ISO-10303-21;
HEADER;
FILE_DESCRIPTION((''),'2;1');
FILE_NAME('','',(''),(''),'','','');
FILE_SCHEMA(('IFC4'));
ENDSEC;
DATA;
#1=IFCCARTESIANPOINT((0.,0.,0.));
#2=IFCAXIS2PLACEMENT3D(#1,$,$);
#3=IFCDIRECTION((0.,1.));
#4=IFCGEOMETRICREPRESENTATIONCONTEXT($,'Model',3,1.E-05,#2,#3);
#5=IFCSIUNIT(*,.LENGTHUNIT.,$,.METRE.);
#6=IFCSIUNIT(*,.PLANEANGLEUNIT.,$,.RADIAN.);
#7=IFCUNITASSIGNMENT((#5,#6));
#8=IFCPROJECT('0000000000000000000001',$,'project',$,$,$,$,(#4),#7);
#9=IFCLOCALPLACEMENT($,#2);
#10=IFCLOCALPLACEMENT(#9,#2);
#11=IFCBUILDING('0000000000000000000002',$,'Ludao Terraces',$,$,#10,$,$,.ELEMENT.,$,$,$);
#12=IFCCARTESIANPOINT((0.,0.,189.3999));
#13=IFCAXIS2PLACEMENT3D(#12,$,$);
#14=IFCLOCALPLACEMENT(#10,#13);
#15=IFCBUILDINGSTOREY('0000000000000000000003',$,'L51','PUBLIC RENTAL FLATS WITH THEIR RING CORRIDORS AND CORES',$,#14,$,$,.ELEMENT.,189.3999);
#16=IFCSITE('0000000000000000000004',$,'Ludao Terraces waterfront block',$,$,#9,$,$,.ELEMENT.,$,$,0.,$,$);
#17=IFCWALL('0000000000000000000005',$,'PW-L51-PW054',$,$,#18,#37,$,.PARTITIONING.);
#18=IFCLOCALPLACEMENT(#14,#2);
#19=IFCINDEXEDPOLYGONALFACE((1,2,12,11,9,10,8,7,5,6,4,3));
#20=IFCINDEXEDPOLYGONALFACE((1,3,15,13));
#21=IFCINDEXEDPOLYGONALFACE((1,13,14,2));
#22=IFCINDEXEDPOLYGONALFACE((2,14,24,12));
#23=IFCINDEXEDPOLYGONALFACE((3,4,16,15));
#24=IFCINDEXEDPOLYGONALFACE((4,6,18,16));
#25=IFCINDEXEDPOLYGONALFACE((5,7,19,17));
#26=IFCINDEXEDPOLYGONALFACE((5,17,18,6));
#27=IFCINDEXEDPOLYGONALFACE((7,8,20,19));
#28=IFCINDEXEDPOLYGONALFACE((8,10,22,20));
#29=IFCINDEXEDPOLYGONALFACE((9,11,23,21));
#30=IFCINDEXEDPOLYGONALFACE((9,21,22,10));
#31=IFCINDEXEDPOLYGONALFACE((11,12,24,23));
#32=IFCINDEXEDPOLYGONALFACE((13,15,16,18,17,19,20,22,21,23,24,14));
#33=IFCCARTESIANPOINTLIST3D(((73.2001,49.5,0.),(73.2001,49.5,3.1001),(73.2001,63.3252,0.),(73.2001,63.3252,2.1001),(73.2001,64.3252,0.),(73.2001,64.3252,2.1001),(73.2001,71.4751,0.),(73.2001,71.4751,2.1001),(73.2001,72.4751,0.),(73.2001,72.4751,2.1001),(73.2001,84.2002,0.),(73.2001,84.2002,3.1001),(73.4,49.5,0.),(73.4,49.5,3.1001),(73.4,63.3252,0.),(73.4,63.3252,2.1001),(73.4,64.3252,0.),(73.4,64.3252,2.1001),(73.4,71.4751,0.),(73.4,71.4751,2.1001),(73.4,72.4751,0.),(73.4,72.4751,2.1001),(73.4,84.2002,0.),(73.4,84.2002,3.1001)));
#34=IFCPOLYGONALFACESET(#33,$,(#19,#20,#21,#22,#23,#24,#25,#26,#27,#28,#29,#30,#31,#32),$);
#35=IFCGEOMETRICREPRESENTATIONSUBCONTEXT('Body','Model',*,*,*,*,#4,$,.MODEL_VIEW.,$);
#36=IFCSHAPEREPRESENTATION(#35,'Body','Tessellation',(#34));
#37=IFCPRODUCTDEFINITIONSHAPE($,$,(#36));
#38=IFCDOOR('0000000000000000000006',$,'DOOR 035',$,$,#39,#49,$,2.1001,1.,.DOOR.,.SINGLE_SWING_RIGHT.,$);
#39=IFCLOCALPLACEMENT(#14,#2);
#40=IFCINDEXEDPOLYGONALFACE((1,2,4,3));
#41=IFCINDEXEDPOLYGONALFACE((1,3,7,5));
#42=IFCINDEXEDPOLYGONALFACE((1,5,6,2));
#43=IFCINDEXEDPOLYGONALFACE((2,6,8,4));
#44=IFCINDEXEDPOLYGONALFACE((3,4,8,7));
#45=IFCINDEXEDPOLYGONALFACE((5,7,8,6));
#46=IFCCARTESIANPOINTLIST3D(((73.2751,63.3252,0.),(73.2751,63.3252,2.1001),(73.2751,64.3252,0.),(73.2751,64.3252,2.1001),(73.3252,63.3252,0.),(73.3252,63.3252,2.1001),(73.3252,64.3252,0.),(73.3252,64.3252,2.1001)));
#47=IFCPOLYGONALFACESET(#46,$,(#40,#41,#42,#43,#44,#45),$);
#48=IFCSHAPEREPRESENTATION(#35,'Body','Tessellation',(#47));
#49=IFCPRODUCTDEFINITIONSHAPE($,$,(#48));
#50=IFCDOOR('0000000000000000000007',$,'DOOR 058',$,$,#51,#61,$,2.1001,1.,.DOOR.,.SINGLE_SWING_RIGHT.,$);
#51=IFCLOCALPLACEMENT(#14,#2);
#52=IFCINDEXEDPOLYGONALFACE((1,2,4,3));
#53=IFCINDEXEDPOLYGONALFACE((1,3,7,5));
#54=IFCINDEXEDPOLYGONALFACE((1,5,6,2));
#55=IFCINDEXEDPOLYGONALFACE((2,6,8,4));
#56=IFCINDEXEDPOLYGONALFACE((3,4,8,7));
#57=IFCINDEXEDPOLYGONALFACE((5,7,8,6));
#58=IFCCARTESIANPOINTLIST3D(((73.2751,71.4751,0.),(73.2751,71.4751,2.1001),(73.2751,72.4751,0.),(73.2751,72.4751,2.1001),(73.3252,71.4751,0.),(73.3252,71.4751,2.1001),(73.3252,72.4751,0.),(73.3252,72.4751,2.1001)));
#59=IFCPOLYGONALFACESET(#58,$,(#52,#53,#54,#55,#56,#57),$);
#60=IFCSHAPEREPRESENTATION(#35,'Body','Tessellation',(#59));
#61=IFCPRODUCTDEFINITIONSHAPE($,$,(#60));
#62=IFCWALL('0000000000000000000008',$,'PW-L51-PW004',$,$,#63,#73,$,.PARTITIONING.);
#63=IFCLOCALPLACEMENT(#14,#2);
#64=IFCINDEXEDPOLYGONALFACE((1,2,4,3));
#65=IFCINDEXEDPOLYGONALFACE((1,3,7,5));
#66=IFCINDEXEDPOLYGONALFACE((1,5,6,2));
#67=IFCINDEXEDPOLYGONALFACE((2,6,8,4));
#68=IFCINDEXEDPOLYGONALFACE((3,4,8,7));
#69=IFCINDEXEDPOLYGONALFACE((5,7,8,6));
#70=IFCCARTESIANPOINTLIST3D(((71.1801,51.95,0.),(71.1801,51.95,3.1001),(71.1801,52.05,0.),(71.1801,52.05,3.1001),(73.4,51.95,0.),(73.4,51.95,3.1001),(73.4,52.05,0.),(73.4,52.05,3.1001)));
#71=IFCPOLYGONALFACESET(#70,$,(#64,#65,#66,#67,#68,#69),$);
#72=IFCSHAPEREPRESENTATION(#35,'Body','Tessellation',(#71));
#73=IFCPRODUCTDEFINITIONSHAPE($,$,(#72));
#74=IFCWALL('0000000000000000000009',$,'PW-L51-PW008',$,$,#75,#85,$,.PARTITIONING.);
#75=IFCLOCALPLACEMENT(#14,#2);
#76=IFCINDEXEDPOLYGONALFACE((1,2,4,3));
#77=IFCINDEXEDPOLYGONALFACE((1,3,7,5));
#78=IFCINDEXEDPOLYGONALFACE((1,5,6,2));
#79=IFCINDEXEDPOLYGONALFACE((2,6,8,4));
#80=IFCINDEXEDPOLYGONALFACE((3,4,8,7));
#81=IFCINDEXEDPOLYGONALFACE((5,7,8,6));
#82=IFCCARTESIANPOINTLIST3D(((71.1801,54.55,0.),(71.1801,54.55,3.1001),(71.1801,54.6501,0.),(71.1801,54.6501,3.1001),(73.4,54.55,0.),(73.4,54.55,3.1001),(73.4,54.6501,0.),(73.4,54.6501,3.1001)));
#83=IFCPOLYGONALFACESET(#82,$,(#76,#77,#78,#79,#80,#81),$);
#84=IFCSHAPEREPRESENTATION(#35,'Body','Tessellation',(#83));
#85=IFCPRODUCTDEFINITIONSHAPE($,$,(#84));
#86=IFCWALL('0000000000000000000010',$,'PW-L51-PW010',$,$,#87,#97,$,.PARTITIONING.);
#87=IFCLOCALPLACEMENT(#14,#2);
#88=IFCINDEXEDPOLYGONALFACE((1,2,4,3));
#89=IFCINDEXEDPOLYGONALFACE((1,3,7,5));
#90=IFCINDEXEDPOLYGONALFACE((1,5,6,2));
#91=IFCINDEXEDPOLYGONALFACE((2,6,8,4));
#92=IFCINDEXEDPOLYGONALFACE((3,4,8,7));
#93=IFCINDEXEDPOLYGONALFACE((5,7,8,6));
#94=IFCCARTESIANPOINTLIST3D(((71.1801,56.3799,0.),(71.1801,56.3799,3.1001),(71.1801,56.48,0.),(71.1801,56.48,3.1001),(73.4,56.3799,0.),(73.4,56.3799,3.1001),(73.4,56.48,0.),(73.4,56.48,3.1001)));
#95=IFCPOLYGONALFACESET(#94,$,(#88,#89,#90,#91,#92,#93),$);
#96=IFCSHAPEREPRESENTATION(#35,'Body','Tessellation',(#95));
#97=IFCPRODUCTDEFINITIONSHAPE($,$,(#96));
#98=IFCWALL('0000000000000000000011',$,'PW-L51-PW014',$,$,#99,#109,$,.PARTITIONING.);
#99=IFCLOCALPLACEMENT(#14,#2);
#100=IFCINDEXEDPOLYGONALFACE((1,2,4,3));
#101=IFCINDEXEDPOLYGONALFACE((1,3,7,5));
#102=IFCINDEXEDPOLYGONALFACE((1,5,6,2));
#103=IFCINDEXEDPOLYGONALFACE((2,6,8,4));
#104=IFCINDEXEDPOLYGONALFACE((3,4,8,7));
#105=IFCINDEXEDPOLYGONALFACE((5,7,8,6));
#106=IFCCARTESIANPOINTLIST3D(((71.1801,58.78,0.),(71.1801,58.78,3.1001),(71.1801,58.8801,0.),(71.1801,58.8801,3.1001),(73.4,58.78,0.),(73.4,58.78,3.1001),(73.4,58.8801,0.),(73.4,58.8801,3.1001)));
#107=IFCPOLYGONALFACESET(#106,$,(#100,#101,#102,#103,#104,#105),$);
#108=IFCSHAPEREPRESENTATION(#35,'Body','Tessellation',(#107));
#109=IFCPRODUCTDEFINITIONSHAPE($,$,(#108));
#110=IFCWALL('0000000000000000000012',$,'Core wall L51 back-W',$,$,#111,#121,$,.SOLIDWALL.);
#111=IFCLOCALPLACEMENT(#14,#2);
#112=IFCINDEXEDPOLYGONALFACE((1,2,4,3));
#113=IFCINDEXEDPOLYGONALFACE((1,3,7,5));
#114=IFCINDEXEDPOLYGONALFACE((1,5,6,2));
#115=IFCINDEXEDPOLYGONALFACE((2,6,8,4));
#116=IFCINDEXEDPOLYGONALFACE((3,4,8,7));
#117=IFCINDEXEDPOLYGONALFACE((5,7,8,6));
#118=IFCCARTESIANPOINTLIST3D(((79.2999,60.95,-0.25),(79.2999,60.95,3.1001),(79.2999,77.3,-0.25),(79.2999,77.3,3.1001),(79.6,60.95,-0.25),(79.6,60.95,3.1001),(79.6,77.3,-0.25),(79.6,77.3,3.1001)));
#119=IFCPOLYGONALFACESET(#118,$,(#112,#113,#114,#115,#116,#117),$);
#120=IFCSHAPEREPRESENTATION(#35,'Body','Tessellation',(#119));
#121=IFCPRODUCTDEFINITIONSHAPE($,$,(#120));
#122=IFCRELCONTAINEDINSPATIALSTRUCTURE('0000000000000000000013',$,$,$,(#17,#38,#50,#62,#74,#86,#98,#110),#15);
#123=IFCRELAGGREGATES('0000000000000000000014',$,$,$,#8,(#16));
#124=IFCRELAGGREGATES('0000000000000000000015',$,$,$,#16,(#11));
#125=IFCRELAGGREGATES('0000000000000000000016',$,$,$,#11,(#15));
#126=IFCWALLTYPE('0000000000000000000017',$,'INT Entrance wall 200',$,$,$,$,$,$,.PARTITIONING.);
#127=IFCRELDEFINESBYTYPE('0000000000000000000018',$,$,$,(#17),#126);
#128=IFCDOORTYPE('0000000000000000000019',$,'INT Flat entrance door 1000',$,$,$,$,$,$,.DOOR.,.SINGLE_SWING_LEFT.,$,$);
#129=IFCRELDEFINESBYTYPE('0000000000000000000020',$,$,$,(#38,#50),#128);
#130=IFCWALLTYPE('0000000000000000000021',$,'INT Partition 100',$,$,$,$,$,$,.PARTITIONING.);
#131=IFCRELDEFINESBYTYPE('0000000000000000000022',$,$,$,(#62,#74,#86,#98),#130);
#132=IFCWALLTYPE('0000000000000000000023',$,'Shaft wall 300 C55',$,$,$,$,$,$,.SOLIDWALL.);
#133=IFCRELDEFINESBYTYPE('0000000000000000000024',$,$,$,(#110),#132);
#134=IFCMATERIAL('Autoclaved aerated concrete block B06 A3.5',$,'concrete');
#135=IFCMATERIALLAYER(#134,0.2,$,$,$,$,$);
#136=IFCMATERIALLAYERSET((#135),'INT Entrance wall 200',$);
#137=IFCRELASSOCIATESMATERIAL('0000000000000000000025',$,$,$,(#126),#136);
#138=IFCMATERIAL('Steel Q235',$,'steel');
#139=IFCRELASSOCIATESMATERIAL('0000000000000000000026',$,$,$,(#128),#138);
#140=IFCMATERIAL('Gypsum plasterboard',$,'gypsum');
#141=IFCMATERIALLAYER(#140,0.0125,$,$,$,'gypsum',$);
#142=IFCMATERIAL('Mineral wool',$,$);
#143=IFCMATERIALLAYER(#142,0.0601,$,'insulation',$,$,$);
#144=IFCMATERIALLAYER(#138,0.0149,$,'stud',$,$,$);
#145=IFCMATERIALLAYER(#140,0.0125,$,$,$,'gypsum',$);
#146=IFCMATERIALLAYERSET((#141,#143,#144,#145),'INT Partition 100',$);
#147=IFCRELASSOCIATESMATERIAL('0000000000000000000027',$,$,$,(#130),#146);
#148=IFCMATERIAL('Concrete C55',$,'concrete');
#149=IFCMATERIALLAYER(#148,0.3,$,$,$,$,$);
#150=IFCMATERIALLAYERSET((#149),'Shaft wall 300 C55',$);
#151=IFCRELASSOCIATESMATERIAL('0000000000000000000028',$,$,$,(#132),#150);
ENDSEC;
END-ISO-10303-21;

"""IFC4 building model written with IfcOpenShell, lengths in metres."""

from ifc_helpers import new_model, si_unit, direction, frame, frame_2d, origin, place, context, subcontext, project, spatial, rectangle, extrude, material, layer, layer_set, type_object, element, fill, save


model = new_model("IFC4")

# Units and contexts
model_context = context("Model", 3, precision=1e-05, world=origin(), true_north=direction((0.0, 1.0)))
body_context = subcontext(model_context, "Body", "Model", "MODEL_VIEW")
ifc_project = project(units=[si_unit("LENGTHUNIT", "METRE"), si_unit("PLANEANGLEUNIT", "RADIAN")], contexts=[model_context])

# Site, building, storey
site_placement = place(None, origin())
site = spatial("IfcSite", under=ifc_project, at=site_placement, Name="Ludao Terraces waterfront block", CompositionType="ELEMENT", RefElevation=0.0)
building_placement = place(site_placement, origin())
building = spatial("IfcBuilding", under=site, at=building_placement, Name="Ludao Terraces", CompositionType="ELEMENT")
storey_placement = place(building_placement, frame((0.0, 0.0, 189.3999)))
storey = spatial("IfcBuildingStorey", under=building, at=storey_placement, Name="L51", Description="PUBLIC RENTAL FLATS WITH THEIR RING CORRIDORS AND CORES", CompositionType="ELEMENT", Elevation=189.3999)

# Shared definitions
ifc_material_1 = material(Name="Steel Q235", Category="steel")

# Wall, openings, doors
ifc_material_2 = material(Name="Autoclaved aerated concrete block B06 A3.5", Category="concrete")
ifc_layer_1 = layer(ifc_material_2, 0.2)
ifc_layer_set_1 = layer_set([ifc_layer_1], Name="INT Entrance wall 200")
wall_type_1 = type_object("IfcWallType", Name="INT Entrance wall 200", PredefinedType="PARTITIONING", material=ifc_layer_set_1)
wall_1_placement = place(storey_placement, frame((73.3, 49.5, 0.0), z_axis=(0.0, 0.0, 1.0), x_axis=(0.0, 1.0, 0.0)))
wall_1 = element("IfcWall", 1, at=wall_1_placement, inside=storey, type_object=wall_type_1, Name="PW-L51-PW054", PredefinedType="PARTITIONING", context=body_context, shape_type="SweptSolid", body=[
    extrude(rectangle(XDim=34.7002, YDim=0.2, at=frame_2d((17.3501, 0.0))), origin(), (0.0, 0.0, 1.0), 3.1001),
])
opening_1_placement = place(wall_1_placement, frame((13.8252, 0.0, 0.0)))
opening_1 = element("IfcOpeningElement", 2, at=opening_1_placement, cuts=wall_1, PredefinedType="OPENING", context=body_context, shape_type="SweptSolid", body=[
    extrude(rectangle(XDim=1.0, YDim=2.1001, at=frame_2d((0.5, 1.05))), frame((0.0, 0.1099, 0.0), z_axis=(0.0, -1.0, 0.0), x_axis=(1.0, 0.0, 0.0)), (0.0, 0.0, 1.0), 0.22),
])
opening_2_placement = place(wall_1_placement, frame((21.9751, 0.0, 0.0)))
opening_2 = element("IfcOpeningElement", 3, at=opening_2_placement, cuts=wall_1, PredefinedType="OPENING", context=body_context, shape_type="SweptSolid", body=[
    extrude(rectangle(XDim=1.0, YDim=2.1001, at=frame_2d((0.5, 1.05))), frame((0.0, 0.1099, 0.0), z_axis=(0.0, -1.0, 0.0), x_axis=(1.0, 0.0, 0.0)), (0.0, 0.0, 1.0), 0.22),
])
door_type_1 = type_object("IfcDoorType", Name="INT Flat entrance door 1000", OperationType="SINGLE_SWING_LEFT", PredefinedType="DOOR", material=ifc_material_1)
door_1_placement = place(opening_1_placement, origin())
door_1 = element("IfcDoor", 4, at=door_1_placement, inside=storey, type_object=door_type_1, Name="DOOR 035", OperationType="SINGLE_SWING_RIGHT", OverallHeight=2.1001, OverallWidth=1.0, PredefinedType="DOOR", context=body_context, shape_type="SweptSolid", body=[
    extrude(rectangle(XDim=1.0, YDim=2.1001, at=frame_2d((0.5, 1.05))), frame((0.0, 0.0249, 0.0), z_axis=(0.0, -1.0, 0.0), x_axis=(1.0, 0.0, 0.0)), (0.0, 0.0, 1.0), 0.05),
])
fill(opening_1, door_1)
door_2_placement = place(opening_2_placement, origin())
door_2 = element("IfcDoor", 5, at=door_2_placement, inside=storey, type_object=door_type_1, Name="DOOR 058", OperationType="SINGLE_SWING_RIGHT", OverallHeight=2.1001, OverallWidth=1.0, PredefinedType="DOOR", context=body_context, shape_type="SweptSolid", body=[
    extrude(rectangle(XDim=1.0, YDim=2.1001, at=frame_2d((0.5, 1.05))), frame((0.0, 0.0249, 0.0), z_axis=(0.0, -1.0, 0.0), x_axis=(1.0, 0.0, 0.0)), (0.0, 0.0, 1.0), 0.05),
])
fill(opening_2, door_2)

# Walls
ifc_material_3 = material(Name="Gypsum plasterboard", Category="gypsum")
ifc_layer_2 = layer(ifc_material_3, 0.0125, Category="gypsum")
ifc_material_4 = material(Name="Mineral wool")
ifc_layer_3 = layer(ifc_material_4, 0.0601, Name="insulation")
ifc_layer_4 = layer(ifc_material_1, 0.0149, Name="stud")
ifc_layer_5 = layer(ifc_material_3, 0.0125, Category="gypsum")
ifc_layer_set_2 = layer_set([ifc_layer_2, ifc_layer_3, ifc_layer_4, ifc_layer_5], Name="INT Partition 100")
wall_type_2 = type_object("IfcWallType", Name="INT Partition 100", PredefinedType="PARTITIONING", material=ifc_layer_set_2)
for number, where, z_axis, x_axis, name in (
    (6, (71.1802, 52.0, 0.0), (0.0, 0.0, 1.0), (1.0, 0.0, 0.0), "PW-L51-PW004"),
    (7, (71.1802, 54.6001, 0.0), (0.0, 0.0, 1.0), (1.0, 0.0, 0.0), "PW-L51-PW008"),
    (8, (71.1802, 56.4299, 0.0), (0.0, 0.0, 1.0), (1.0, 0.0, 0.0), "PW-L51-PW010"),
    (9, (71.1802, 58.8301, 0.0), (0.0, 0.0, 1.0), (1.0, 0.0, 0.0), "PW-L51-PW014"),
):
    element("IfcWall", number, at=place(storey_placement, frame(where, z_axis=z_axis, x_axis=x_axis)), inside=storey, type_object=wall_type_2, Name=name, PredefinedType="PARTITIONING", context=body_context, shape_type="SweptSolid", body=[
        extrude(rectangle(XDim=2.22, YDim=0.1001, at=frame_2d((1.1099, 0.0))), origin(), (0.0, 0.0, 1.0), 3.1001),
    ])
ifc_material_5 = material(Name="Concrete C55", Category="concrete")
ifc_layer_6 = layer(ifc_material_5, 0.3)
ifc_layer_set_3 = layer_set([ifc_layer_6], Name="Shaft wall 300 C55")
wall_type_3 = type_object("IfcWallType", Name="Shaft wall 300 C55", PredefinedType="SOLIDWALL", material=ifc_layer_set_3)
wall_2_placement = place(storey_placement, frame((79.45, 60.95, -0.25), z_axis=(0.0, 0.0, 1.0), x_axis=(0.0, 1.0, 0.0)))
element("IfcWall", 10, at=wall_2_placement, inside=storey, type_object=wall_type_3, Name="Core wall L51 back-W", PredefinedType="SOLIDWALL", context=body_context, shape_type="SweptSolid", body=[
    extrude(rectangle(XDim=16.3501, YDim=0.3, at=frame_2d((8.175, 0.0))), origin(), (0.0, 0.0, 1.0), 3.3501),
])

save(model, "model.ifc")
